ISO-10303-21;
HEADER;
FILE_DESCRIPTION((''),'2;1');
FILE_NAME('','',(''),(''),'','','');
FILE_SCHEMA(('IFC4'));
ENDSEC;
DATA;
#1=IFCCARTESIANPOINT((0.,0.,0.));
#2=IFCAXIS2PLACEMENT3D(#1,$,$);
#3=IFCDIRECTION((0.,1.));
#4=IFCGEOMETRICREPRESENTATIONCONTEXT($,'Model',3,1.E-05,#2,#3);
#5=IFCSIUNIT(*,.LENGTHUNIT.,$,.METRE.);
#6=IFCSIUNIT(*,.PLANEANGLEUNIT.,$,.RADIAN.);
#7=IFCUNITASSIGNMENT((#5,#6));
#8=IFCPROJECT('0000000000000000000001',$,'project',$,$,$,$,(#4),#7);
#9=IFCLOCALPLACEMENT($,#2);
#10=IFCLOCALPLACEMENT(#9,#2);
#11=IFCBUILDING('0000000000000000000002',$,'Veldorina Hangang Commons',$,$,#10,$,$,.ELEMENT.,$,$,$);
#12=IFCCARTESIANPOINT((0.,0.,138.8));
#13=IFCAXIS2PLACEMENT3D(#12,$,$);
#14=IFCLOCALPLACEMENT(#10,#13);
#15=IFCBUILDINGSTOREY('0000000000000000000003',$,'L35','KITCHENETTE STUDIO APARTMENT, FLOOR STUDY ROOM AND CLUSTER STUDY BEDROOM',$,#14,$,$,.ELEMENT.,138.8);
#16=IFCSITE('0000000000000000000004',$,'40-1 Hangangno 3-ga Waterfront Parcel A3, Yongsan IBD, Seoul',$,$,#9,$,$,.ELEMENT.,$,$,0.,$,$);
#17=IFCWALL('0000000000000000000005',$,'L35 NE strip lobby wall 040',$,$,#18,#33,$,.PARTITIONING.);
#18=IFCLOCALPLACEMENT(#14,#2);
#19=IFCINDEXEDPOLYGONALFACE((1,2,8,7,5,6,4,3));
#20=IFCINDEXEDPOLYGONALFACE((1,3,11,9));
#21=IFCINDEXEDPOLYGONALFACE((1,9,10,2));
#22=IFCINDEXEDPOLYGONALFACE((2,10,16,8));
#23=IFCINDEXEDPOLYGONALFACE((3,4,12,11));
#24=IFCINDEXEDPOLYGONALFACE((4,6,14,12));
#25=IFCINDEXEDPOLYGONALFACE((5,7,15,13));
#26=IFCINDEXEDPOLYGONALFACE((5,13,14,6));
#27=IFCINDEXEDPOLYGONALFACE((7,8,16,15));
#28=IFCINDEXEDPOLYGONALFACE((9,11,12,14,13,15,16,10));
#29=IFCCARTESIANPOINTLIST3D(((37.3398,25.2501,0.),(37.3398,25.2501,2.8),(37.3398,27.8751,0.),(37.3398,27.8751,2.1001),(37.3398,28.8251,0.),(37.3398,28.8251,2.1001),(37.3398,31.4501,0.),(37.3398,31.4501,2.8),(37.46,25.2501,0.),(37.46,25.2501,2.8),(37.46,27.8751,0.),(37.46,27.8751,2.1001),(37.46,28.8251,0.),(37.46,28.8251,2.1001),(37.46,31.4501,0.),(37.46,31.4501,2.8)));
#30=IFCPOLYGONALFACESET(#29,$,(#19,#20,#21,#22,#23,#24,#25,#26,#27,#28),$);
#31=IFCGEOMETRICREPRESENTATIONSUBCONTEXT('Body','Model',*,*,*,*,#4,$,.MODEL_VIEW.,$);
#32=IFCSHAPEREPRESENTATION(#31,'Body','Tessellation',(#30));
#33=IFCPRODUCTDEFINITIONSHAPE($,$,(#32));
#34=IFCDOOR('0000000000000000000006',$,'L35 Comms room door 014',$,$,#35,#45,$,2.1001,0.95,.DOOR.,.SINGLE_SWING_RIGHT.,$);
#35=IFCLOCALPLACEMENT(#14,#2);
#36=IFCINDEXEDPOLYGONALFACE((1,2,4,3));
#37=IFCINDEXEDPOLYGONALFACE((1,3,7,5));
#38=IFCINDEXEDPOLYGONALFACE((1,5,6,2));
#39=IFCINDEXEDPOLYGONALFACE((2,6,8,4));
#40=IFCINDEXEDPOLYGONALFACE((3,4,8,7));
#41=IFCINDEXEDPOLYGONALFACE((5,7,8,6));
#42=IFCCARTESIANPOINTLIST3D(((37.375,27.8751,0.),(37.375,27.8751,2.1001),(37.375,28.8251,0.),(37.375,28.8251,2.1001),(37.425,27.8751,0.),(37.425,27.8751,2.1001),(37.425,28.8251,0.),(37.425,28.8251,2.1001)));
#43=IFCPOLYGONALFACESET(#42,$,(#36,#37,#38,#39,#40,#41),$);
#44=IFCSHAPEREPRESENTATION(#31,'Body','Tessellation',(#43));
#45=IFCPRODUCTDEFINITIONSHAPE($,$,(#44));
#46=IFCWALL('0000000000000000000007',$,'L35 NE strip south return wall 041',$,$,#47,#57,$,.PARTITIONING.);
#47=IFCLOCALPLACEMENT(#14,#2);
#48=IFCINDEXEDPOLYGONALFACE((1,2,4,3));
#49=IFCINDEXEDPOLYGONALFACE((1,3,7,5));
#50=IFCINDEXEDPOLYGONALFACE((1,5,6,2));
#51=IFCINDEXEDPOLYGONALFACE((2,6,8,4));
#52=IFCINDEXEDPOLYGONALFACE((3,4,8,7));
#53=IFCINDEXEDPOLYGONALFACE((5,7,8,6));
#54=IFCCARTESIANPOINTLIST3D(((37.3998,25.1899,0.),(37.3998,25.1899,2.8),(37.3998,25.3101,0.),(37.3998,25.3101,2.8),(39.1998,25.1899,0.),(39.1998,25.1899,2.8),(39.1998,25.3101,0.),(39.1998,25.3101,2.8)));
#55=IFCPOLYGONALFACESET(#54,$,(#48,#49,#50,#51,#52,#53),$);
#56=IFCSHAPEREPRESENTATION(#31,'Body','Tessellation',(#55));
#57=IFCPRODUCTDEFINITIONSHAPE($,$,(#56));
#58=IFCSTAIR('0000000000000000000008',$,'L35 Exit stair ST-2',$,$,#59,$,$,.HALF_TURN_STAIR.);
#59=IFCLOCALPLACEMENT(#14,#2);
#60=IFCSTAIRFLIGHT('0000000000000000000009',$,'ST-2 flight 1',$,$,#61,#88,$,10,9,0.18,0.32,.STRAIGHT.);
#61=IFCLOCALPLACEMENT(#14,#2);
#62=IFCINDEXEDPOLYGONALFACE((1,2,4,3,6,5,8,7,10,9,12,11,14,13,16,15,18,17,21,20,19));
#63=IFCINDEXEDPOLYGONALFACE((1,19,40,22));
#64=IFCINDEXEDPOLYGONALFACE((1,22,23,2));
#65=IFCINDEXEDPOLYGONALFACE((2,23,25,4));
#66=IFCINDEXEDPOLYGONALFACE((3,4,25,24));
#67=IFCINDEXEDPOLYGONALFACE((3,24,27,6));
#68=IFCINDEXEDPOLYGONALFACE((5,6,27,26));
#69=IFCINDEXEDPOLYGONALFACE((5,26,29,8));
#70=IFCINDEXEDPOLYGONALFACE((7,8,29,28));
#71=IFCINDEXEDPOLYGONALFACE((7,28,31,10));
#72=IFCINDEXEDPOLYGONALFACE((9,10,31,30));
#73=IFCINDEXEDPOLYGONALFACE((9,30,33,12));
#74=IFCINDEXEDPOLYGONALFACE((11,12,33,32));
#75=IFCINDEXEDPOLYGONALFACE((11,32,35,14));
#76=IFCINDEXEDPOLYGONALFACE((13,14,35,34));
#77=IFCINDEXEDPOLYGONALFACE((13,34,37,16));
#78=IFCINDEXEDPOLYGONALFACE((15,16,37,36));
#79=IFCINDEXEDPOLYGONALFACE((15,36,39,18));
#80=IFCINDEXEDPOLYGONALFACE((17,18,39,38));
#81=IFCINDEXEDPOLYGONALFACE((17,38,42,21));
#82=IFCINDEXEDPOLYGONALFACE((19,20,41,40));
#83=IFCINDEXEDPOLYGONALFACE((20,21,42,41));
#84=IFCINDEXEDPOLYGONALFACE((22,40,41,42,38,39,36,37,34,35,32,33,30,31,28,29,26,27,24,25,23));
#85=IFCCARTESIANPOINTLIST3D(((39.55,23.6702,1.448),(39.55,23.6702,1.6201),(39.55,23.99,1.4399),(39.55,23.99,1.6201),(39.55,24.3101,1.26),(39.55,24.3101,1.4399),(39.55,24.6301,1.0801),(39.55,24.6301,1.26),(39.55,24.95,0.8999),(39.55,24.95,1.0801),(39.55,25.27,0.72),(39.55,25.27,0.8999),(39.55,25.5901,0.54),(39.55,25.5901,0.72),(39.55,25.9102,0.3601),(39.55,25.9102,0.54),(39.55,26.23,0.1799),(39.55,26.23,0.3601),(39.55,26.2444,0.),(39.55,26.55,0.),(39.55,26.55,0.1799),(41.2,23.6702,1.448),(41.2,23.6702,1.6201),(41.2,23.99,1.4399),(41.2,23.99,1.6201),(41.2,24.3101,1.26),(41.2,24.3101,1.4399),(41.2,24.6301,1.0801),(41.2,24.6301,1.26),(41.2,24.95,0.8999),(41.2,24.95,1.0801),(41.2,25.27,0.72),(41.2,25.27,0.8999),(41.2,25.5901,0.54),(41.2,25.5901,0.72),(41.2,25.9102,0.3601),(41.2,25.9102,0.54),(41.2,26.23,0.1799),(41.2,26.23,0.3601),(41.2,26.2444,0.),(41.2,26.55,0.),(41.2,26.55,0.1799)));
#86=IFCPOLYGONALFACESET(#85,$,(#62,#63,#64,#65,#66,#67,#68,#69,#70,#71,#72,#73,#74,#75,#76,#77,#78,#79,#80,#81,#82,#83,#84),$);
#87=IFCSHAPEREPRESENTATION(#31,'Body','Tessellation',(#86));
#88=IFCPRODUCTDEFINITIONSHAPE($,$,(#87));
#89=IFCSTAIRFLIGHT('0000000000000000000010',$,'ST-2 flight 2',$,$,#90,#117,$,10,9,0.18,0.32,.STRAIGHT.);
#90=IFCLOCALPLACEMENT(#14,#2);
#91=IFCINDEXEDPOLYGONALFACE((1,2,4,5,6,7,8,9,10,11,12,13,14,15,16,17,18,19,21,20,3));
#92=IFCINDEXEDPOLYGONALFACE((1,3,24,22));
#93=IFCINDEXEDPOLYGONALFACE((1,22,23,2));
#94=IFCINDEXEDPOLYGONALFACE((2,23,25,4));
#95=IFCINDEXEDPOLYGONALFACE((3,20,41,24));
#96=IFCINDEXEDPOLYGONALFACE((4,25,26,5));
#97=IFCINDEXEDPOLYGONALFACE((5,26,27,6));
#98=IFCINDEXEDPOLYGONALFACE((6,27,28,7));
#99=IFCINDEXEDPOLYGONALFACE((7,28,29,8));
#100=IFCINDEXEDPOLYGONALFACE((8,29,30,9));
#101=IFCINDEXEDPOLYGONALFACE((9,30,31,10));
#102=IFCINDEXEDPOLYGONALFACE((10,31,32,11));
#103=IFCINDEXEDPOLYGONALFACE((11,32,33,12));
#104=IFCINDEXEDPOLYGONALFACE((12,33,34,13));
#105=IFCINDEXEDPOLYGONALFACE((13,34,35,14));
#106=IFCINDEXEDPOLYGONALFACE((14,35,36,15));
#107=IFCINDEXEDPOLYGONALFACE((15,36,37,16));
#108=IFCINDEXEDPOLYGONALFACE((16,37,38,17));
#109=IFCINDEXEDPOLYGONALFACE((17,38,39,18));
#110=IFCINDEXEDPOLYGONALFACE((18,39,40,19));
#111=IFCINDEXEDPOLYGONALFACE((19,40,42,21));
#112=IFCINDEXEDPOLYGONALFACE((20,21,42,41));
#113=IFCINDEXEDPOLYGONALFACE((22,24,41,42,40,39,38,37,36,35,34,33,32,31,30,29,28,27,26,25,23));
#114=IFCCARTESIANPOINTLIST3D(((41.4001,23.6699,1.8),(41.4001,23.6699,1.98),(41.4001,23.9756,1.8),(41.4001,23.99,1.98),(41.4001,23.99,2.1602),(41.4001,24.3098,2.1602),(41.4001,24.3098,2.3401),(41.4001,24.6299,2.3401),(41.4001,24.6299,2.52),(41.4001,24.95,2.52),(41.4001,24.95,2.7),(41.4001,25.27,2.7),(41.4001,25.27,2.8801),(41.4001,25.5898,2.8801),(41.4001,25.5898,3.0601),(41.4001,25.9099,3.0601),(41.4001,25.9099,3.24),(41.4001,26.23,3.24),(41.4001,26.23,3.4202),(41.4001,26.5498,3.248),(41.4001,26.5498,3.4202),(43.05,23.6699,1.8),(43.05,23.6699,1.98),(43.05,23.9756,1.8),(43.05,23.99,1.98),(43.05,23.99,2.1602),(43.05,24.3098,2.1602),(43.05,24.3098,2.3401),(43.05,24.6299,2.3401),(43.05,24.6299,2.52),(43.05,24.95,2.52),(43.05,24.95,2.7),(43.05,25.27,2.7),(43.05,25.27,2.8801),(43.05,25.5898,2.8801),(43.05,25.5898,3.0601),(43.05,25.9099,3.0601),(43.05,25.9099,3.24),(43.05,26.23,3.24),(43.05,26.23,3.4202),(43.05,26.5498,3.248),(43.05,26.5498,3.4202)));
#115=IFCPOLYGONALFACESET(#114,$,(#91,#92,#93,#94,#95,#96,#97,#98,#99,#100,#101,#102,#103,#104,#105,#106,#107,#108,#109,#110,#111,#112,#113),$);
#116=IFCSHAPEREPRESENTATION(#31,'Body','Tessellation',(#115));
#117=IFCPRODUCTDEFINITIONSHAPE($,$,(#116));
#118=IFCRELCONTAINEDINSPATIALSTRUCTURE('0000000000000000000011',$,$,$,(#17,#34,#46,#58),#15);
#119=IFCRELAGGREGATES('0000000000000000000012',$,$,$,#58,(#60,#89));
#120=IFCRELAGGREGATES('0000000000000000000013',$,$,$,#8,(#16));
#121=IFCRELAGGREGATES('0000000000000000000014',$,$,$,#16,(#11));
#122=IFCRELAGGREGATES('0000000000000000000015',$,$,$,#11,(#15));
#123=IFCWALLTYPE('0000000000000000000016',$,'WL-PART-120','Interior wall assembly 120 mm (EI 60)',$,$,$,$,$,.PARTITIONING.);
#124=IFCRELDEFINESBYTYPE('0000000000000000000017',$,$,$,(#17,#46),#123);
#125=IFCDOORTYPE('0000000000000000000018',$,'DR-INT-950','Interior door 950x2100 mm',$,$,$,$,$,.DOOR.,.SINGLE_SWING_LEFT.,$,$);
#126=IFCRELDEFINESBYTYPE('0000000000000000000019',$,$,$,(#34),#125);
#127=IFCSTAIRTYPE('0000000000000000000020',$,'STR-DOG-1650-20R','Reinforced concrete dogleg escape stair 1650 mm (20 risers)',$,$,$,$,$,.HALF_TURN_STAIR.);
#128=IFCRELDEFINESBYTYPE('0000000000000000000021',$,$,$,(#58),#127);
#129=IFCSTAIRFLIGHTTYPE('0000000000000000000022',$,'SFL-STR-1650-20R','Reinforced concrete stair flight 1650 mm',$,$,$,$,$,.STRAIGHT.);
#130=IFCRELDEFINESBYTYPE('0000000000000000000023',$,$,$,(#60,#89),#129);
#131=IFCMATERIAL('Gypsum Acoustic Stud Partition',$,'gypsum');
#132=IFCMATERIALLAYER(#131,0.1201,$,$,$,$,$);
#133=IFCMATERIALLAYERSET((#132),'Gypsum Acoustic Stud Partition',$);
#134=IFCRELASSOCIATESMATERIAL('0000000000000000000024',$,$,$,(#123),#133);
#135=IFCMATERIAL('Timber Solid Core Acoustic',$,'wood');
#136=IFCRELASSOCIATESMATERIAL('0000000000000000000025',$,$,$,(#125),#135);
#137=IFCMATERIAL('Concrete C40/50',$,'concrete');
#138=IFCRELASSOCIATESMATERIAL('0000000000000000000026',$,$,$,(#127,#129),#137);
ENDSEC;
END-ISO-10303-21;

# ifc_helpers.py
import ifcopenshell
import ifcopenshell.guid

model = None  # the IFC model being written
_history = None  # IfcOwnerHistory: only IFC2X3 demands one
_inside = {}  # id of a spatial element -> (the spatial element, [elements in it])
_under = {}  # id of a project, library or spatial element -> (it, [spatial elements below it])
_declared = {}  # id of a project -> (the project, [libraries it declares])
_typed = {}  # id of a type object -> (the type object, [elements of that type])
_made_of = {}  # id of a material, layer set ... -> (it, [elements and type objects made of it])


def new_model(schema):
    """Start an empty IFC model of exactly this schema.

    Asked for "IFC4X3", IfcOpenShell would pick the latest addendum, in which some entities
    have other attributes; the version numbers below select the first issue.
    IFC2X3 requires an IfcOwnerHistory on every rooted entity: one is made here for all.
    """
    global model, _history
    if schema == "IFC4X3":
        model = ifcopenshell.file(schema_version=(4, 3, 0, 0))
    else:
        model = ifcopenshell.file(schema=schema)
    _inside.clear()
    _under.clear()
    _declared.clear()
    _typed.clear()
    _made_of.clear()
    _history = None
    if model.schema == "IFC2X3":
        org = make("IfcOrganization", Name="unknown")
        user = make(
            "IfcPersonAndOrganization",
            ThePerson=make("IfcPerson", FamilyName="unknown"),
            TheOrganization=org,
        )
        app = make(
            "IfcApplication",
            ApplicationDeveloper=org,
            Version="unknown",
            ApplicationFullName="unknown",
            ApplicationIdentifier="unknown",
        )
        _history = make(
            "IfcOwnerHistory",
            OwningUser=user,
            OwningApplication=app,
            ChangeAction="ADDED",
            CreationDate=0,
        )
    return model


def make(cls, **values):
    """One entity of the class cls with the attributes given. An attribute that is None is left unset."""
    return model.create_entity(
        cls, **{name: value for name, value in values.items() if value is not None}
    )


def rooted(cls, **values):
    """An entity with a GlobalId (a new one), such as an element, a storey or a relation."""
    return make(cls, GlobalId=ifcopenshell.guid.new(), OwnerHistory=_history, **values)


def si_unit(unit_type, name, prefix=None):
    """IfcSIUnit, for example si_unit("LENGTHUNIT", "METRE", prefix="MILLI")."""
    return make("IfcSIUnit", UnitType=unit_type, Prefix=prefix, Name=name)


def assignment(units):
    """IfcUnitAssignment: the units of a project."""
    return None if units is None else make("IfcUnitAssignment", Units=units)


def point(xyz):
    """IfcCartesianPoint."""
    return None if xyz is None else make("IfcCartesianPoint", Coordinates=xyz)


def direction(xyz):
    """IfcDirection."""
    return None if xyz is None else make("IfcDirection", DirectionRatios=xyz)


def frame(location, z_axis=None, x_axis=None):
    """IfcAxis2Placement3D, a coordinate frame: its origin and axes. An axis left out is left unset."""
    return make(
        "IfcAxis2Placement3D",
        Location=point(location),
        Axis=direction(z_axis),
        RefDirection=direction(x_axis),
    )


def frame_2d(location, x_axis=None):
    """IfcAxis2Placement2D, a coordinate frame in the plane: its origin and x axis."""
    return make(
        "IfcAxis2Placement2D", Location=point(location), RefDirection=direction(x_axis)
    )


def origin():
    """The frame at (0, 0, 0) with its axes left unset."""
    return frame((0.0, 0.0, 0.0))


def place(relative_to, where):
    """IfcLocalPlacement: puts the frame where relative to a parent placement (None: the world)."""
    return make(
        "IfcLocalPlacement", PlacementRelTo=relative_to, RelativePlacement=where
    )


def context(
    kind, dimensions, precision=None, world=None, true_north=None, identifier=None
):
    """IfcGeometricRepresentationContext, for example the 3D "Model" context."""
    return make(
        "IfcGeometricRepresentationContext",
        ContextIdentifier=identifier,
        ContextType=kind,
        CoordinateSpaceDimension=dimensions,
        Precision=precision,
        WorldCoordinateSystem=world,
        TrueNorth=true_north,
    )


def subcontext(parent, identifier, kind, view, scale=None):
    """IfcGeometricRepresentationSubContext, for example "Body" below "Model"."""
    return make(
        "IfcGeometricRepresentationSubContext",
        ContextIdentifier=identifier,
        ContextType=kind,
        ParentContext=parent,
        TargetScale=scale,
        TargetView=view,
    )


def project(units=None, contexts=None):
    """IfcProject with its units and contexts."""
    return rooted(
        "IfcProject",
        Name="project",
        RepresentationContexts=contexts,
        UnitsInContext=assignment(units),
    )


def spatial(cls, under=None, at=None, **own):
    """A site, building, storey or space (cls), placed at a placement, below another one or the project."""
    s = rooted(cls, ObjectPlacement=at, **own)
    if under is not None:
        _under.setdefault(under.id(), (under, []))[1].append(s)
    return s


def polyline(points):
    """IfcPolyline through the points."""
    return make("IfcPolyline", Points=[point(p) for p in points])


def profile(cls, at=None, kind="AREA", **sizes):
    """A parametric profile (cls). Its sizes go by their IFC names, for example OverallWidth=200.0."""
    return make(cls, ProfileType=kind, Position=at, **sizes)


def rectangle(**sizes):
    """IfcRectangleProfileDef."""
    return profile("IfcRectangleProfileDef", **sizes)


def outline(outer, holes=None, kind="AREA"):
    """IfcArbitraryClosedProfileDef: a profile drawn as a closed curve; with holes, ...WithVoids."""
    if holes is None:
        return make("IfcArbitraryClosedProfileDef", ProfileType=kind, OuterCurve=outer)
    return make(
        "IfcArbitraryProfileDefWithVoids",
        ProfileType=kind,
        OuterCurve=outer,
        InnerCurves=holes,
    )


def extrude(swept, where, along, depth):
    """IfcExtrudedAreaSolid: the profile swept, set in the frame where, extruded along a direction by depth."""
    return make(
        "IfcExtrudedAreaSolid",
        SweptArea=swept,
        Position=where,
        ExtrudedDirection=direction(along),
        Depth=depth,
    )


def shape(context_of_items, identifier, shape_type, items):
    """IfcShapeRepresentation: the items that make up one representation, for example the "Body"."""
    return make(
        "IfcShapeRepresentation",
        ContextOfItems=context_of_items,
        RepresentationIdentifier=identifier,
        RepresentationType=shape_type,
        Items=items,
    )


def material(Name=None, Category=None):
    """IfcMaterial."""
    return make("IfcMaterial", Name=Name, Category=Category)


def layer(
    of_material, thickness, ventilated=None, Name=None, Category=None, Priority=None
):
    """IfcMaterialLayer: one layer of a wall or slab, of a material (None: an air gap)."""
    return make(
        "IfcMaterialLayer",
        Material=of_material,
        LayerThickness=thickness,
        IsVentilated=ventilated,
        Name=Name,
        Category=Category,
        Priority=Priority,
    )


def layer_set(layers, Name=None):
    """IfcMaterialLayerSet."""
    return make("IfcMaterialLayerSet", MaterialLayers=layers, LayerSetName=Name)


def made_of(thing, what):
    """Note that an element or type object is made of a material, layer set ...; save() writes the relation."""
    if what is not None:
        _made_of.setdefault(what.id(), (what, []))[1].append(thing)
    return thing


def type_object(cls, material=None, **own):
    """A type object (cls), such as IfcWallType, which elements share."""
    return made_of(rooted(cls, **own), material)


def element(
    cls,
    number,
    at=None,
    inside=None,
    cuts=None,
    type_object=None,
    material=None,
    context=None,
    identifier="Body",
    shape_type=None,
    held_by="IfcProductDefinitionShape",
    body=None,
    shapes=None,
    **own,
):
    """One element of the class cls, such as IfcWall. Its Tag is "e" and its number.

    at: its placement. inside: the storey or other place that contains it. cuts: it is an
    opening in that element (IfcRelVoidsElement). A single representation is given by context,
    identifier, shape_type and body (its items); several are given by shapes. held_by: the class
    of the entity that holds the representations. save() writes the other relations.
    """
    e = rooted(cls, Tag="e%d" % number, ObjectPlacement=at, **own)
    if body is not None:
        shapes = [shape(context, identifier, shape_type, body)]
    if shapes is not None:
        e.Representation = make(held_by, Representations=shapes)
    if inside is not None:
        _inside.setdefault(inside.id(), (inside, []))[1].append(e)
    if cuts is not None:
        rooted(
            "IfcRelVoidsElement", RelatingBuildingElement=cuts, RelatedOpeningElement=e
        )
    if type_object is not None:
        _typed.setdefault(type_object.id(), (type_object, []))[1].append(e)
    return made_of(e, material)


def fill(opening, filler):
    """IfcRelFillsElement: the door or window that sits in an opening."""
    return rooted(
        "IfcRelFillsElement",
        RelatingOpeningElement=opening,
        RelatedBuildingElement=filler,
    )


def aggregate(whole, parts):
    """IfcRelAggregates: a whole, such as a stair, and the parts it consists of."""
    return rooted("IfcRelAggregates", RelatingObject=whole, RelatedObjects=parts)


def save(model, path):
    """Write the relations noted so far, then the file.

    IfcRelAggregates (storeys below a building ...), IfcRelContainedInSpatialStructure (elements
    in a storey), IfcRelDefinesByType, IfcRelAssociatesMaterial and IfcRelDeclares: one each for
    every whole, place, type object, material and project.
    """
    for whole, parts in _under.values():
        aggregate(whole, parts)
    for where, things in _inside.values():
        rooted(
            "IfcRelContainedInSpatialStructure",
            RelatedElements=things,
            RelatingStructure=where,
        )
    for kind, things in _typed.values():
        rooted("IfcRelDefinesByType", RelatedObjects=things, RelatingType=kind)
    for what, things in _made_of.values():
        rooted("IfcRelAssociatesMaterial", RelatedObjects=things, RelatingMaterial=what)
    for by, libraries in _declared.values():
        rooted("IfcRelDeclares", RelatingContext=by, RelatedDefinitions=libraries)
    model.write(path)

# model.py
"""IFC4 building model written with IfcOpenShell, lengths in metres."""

from ifc_helpers import new_model, si_unit, direction, frame, frame_2d, origin, place, context, subcontext, project, spatial, polyline, rectangle, outline, extrude, material, layer, layer_set, type_object, element, fill, aggregate, save


model = new_model("IFC4")

# Units and contexts
model_context = context("Model", 3, precision=1e-05, world=origin(), true_north=direction((0.0, 1.0)))
body_context = subcontext(model_context, "Body", "Model", "MODEL_VIEW")
ifc_project = project(units=[si_unit("LENGTHUNIT", "METRE"), si_unit("PLANEANGLEUNIT", "RADIAN")], contexts=[model_context])

# Site, building, storey
site_placement = place(None, origin())
site = spatial("IfcSite", under=ifc_project, at=site_placement, Name="40-1 Hangangno 3-ga Waterfront Parcel A3, Yongsan IBD, Seoul", CompositionType="ELEMENT", RefElevation=0.0)
building_placement = place(site_placement, origin())
building = spatial("IfcBuilding", under=site, at=building_placement, Name="Veldorina Hangang Commons", CompositionType="ELEMENT")
storey_placement = place(building_placement, frame((0.0, 0.0, 138.8)))
storey = spatial("IfcBuildingStorey", under=building, at=storey_placement, Name="L35", Description="KITCHENETTE STUDIO APARTMENT, FLOOR STUDY ROOM AND CLUSTER STUDY BEDROOM", CompositionType="ELEMENT", Elevation=138.8)

# Wall, opening, door
ifc_material_1 = material(Name="Gypsum Acoustic Stud Partition", Category="gypsum")
ifc_layer_1 = layer(ifc_material_1, 0.1201)
ifc_layer_set_1 = layer_set([ifc_layer_1], Name="Gypsum Acoustic Stud Partition")
wall_type_1 = type_object("IfcWallType", Name="WL-PART-120", Description="Interior wall assembly 120 mm (EI 60)", PredefinedType="PARTITIONING", material=ifc_layer_set_1)
ifc_material_2 = material(Name="Timber Solid Core Acoustic", Category="wood")
door_type_1 = type_object("IfcDoorType", Name="DR-INT-950", Description="Interior door 950x2100 mm", OperationType="SINGLE_SWING_LEFT", PredefinedType="DOOR", material=ifc_material_2)
wall_1_placement = place(storey_placement, frame((37.3999, 25.25, 0.0), z_axis=(0.0, 0.0, 1.0), x_axis=(0.0, 1.0, 0.0)))
wall_1 = element("IfcWall", 1, at=wall_1_placement, inside=storey, type_object=wall_type_1, Name="L35 NE strip lobby wall 040", PredefinedType="PARTITIONING", context=body_context, shape_type="SweptSolid", body=[
    extrude(rectangle(XDim=6.2, YDim=0.1201, at=frame_2d((3.1001, 0.0))), origin(), (0.0, 0.0, 1.0), 2.8),
])
opening_1_placement = place(wall_1_placement, frame((2.625, 0.0, 0.0)))
opening_1 = element("IfcOpeningElement", 2, at=opening_1_placement, cuts=wall_1, PredefinedType="OPENING", context=body_context, shape_type="SweptSolid", body=[
    extrude(rectangle(XDim=0.95, YDim=2.1001, at=frame_2d((0.4751, 1.05))), frame((0.0, 0.0701, 0.0), z_axis=(0.0, -1.0, 0.0), x_axis=(1.0, 0.0, 0.0)), (0.0, 0.0, 1.0), 0.1401),
])
door_1_placement = place(opening_1_placement, origin())
door_1 = element("IfcDoor", 3, at=door_1_placement, inside=storey, type_object=door_type_1, Name="L35 Comms room door 014", OperationType="SINGLE_SWING_RIGHT", OverallHeight=2.1001, OverallWidth=0.95, PredefinedType="DOOR", context=body_context, shape_type="SweptSolid", body=[
    extrude(rectangle(XDim=0.95, YDim=2.1001, at=frame_2d((0.4751, 1.05))), frame((0.0, 0.0249, 0.0), z_axis=(0.0, -1.0, 0.0), x_axis=(1.0, 0.0, 0.0)), (0.0, 0.0, 1.0), 0.05),
])
fill(opening_1, door_1)

# Wall
wall_2_placement = place(storey_placement, frame((37.3999, 25.25, 0.0), z_axis=(0.0, 0.0, 1.0), x_axis=(1.0, 0.0, 0.0)))
element("IfcWall", 4, at=wall_2_placement, inside=storey, type_object=wall_type_1, Name="L35 NE strip south return wall 041", PredefinedType="PARTITIONING", context=body_context, shape_type="SweptSolid", body=[
    extrude(rectangle(XDim=1.8, YDim=0.1201, at=frame_2d((0.8999, 0.0))), origin(), (0.0, 0.0, 1.0), 2.8),
])

# Stair, stair flights
ifc_material_3 = material(Name="Concrete C40/50", Category="concrete")
stair_type = type_object("IfcStairType", Name="STR-DOG-1650-20R", Description="Reinforced concrete dogleg escape stair 1650 mm (20 risers)", PredefinedType="HALF_TURN_STAIR", material=ifc_material_3)
stair_placement = place(storey_placement, origin())
stair = element("IfcStair", 5, at=stair_placement, inside=storey, type_object=stair_type, Name="L35 Exit stair ST-2", PredefinedType="HALF_TURN_STAIR")
stair_flight_type = type_object("IfcStairFlightType", Name="SFL-STR-1650-20R", Description="Reinforced concrete stair flight 1650 mm", PredefinedType="STRAIGHT", material=ifc_material_3)
stair_flight_1_placement = place(storey_placement, frame((40.375, 26.55, 0.0), z_axis=(0.0, 0.0, 1.0), x_axis=(0.0, -1.0, 0.0)))
stair_flight_1 = element("IfcStairFlight", 6, at=stair_flight_1_placement, type_object=stair_flight_type, Name="ST-2 flight 1", NumberOfRisers=10, NumberOfTreads=9, PredefinedType="STRAIGHT", RiserHeight=0.18, TreadLength=0.32, context=body_context, shape_type="SweptSolid", body=[
    extrude(outline(polyline([(0.0, 0.0), (0.0, 0.1799), (0.3201, 0.1799), (0.3201, 0.3601), (0.6399, 0.3601), (0.6399, 0.54), (0.96, 0.54), (0.96, 0.72), (1.28, 0.72), (1.28, 0.8999), (1.6001, 0.8999), (1.6001, 1.0801), (1.9199, 1.0801), (1.9199, 1.26), (2.24, 1.26), (2.24, 1.4399), (2.5601, 1.4399), (2.5601, 1.6201), (2.8799, 1.6201), (2.8799, 1.8), (2.8799, 1.448), (0.3057, 0.0), (0.0, 0.0)])), frame((0.0, 0.825, 0.0), z_axis=(0.0, -1.0, 0.0), x_axis=(1.0, 0.0, 0.0)), (0.0, 0.0, 1.0), 1.6499),
])
stair_flight_2_placement = place(storey_placement, frame((42.2251, 23.6699, 1.8), z_axis=(0.0, 0.0, 1.0), x_axis=(0.0, 1.0, 0.0)))
stair_flight_2 = element("IfcStairFlight", 7, at=stair_flight_2_placement, type_object=stair_flight_type, Name="ST-2 flight 2", NumberOfRisers=10, NumberOfTreads=9, PredefinedType="STRAIGHT", RiserHeight=0.18, TreadLength=0.32, context=body_context, shape_type="SweptSolid", body=[
    extrude(outline(polyline([(0.0, 0.0), (0.0, 0.1799), (0.3201, 0.1799), (0.3201, 0.3601), (0.6399, 0.3601), (0.6399, 0.54), (0.96, 0.54), (0.96, 0.72), (1.28, 0.72), (1.28, 0.8999), (1.6001, 0.8999), (1.6001, 1.0801), (1.9199, 1.0801), (1.9199, 1.26), (2.24, 1.26), (2.24, 1.4399), (2.5601, 1.4399), (2.5601, 1.6201), (2.8799, 1.6201), (2.8799, 1.8), (2.8799, 1.448), (0.3057, 0.0), (0.0, 0.0)])), frame((0.0, 0.825, 0.0), z_axis=(0.0, -1.0, 0.0), x_axis=(1.0, 0.0, 0.0)), (0.0, 0.0, 1.0), 1.6499),
])
aggregate(stair, [stair_flight_1, stair_flight_2])

save(model, "model.ifc")
